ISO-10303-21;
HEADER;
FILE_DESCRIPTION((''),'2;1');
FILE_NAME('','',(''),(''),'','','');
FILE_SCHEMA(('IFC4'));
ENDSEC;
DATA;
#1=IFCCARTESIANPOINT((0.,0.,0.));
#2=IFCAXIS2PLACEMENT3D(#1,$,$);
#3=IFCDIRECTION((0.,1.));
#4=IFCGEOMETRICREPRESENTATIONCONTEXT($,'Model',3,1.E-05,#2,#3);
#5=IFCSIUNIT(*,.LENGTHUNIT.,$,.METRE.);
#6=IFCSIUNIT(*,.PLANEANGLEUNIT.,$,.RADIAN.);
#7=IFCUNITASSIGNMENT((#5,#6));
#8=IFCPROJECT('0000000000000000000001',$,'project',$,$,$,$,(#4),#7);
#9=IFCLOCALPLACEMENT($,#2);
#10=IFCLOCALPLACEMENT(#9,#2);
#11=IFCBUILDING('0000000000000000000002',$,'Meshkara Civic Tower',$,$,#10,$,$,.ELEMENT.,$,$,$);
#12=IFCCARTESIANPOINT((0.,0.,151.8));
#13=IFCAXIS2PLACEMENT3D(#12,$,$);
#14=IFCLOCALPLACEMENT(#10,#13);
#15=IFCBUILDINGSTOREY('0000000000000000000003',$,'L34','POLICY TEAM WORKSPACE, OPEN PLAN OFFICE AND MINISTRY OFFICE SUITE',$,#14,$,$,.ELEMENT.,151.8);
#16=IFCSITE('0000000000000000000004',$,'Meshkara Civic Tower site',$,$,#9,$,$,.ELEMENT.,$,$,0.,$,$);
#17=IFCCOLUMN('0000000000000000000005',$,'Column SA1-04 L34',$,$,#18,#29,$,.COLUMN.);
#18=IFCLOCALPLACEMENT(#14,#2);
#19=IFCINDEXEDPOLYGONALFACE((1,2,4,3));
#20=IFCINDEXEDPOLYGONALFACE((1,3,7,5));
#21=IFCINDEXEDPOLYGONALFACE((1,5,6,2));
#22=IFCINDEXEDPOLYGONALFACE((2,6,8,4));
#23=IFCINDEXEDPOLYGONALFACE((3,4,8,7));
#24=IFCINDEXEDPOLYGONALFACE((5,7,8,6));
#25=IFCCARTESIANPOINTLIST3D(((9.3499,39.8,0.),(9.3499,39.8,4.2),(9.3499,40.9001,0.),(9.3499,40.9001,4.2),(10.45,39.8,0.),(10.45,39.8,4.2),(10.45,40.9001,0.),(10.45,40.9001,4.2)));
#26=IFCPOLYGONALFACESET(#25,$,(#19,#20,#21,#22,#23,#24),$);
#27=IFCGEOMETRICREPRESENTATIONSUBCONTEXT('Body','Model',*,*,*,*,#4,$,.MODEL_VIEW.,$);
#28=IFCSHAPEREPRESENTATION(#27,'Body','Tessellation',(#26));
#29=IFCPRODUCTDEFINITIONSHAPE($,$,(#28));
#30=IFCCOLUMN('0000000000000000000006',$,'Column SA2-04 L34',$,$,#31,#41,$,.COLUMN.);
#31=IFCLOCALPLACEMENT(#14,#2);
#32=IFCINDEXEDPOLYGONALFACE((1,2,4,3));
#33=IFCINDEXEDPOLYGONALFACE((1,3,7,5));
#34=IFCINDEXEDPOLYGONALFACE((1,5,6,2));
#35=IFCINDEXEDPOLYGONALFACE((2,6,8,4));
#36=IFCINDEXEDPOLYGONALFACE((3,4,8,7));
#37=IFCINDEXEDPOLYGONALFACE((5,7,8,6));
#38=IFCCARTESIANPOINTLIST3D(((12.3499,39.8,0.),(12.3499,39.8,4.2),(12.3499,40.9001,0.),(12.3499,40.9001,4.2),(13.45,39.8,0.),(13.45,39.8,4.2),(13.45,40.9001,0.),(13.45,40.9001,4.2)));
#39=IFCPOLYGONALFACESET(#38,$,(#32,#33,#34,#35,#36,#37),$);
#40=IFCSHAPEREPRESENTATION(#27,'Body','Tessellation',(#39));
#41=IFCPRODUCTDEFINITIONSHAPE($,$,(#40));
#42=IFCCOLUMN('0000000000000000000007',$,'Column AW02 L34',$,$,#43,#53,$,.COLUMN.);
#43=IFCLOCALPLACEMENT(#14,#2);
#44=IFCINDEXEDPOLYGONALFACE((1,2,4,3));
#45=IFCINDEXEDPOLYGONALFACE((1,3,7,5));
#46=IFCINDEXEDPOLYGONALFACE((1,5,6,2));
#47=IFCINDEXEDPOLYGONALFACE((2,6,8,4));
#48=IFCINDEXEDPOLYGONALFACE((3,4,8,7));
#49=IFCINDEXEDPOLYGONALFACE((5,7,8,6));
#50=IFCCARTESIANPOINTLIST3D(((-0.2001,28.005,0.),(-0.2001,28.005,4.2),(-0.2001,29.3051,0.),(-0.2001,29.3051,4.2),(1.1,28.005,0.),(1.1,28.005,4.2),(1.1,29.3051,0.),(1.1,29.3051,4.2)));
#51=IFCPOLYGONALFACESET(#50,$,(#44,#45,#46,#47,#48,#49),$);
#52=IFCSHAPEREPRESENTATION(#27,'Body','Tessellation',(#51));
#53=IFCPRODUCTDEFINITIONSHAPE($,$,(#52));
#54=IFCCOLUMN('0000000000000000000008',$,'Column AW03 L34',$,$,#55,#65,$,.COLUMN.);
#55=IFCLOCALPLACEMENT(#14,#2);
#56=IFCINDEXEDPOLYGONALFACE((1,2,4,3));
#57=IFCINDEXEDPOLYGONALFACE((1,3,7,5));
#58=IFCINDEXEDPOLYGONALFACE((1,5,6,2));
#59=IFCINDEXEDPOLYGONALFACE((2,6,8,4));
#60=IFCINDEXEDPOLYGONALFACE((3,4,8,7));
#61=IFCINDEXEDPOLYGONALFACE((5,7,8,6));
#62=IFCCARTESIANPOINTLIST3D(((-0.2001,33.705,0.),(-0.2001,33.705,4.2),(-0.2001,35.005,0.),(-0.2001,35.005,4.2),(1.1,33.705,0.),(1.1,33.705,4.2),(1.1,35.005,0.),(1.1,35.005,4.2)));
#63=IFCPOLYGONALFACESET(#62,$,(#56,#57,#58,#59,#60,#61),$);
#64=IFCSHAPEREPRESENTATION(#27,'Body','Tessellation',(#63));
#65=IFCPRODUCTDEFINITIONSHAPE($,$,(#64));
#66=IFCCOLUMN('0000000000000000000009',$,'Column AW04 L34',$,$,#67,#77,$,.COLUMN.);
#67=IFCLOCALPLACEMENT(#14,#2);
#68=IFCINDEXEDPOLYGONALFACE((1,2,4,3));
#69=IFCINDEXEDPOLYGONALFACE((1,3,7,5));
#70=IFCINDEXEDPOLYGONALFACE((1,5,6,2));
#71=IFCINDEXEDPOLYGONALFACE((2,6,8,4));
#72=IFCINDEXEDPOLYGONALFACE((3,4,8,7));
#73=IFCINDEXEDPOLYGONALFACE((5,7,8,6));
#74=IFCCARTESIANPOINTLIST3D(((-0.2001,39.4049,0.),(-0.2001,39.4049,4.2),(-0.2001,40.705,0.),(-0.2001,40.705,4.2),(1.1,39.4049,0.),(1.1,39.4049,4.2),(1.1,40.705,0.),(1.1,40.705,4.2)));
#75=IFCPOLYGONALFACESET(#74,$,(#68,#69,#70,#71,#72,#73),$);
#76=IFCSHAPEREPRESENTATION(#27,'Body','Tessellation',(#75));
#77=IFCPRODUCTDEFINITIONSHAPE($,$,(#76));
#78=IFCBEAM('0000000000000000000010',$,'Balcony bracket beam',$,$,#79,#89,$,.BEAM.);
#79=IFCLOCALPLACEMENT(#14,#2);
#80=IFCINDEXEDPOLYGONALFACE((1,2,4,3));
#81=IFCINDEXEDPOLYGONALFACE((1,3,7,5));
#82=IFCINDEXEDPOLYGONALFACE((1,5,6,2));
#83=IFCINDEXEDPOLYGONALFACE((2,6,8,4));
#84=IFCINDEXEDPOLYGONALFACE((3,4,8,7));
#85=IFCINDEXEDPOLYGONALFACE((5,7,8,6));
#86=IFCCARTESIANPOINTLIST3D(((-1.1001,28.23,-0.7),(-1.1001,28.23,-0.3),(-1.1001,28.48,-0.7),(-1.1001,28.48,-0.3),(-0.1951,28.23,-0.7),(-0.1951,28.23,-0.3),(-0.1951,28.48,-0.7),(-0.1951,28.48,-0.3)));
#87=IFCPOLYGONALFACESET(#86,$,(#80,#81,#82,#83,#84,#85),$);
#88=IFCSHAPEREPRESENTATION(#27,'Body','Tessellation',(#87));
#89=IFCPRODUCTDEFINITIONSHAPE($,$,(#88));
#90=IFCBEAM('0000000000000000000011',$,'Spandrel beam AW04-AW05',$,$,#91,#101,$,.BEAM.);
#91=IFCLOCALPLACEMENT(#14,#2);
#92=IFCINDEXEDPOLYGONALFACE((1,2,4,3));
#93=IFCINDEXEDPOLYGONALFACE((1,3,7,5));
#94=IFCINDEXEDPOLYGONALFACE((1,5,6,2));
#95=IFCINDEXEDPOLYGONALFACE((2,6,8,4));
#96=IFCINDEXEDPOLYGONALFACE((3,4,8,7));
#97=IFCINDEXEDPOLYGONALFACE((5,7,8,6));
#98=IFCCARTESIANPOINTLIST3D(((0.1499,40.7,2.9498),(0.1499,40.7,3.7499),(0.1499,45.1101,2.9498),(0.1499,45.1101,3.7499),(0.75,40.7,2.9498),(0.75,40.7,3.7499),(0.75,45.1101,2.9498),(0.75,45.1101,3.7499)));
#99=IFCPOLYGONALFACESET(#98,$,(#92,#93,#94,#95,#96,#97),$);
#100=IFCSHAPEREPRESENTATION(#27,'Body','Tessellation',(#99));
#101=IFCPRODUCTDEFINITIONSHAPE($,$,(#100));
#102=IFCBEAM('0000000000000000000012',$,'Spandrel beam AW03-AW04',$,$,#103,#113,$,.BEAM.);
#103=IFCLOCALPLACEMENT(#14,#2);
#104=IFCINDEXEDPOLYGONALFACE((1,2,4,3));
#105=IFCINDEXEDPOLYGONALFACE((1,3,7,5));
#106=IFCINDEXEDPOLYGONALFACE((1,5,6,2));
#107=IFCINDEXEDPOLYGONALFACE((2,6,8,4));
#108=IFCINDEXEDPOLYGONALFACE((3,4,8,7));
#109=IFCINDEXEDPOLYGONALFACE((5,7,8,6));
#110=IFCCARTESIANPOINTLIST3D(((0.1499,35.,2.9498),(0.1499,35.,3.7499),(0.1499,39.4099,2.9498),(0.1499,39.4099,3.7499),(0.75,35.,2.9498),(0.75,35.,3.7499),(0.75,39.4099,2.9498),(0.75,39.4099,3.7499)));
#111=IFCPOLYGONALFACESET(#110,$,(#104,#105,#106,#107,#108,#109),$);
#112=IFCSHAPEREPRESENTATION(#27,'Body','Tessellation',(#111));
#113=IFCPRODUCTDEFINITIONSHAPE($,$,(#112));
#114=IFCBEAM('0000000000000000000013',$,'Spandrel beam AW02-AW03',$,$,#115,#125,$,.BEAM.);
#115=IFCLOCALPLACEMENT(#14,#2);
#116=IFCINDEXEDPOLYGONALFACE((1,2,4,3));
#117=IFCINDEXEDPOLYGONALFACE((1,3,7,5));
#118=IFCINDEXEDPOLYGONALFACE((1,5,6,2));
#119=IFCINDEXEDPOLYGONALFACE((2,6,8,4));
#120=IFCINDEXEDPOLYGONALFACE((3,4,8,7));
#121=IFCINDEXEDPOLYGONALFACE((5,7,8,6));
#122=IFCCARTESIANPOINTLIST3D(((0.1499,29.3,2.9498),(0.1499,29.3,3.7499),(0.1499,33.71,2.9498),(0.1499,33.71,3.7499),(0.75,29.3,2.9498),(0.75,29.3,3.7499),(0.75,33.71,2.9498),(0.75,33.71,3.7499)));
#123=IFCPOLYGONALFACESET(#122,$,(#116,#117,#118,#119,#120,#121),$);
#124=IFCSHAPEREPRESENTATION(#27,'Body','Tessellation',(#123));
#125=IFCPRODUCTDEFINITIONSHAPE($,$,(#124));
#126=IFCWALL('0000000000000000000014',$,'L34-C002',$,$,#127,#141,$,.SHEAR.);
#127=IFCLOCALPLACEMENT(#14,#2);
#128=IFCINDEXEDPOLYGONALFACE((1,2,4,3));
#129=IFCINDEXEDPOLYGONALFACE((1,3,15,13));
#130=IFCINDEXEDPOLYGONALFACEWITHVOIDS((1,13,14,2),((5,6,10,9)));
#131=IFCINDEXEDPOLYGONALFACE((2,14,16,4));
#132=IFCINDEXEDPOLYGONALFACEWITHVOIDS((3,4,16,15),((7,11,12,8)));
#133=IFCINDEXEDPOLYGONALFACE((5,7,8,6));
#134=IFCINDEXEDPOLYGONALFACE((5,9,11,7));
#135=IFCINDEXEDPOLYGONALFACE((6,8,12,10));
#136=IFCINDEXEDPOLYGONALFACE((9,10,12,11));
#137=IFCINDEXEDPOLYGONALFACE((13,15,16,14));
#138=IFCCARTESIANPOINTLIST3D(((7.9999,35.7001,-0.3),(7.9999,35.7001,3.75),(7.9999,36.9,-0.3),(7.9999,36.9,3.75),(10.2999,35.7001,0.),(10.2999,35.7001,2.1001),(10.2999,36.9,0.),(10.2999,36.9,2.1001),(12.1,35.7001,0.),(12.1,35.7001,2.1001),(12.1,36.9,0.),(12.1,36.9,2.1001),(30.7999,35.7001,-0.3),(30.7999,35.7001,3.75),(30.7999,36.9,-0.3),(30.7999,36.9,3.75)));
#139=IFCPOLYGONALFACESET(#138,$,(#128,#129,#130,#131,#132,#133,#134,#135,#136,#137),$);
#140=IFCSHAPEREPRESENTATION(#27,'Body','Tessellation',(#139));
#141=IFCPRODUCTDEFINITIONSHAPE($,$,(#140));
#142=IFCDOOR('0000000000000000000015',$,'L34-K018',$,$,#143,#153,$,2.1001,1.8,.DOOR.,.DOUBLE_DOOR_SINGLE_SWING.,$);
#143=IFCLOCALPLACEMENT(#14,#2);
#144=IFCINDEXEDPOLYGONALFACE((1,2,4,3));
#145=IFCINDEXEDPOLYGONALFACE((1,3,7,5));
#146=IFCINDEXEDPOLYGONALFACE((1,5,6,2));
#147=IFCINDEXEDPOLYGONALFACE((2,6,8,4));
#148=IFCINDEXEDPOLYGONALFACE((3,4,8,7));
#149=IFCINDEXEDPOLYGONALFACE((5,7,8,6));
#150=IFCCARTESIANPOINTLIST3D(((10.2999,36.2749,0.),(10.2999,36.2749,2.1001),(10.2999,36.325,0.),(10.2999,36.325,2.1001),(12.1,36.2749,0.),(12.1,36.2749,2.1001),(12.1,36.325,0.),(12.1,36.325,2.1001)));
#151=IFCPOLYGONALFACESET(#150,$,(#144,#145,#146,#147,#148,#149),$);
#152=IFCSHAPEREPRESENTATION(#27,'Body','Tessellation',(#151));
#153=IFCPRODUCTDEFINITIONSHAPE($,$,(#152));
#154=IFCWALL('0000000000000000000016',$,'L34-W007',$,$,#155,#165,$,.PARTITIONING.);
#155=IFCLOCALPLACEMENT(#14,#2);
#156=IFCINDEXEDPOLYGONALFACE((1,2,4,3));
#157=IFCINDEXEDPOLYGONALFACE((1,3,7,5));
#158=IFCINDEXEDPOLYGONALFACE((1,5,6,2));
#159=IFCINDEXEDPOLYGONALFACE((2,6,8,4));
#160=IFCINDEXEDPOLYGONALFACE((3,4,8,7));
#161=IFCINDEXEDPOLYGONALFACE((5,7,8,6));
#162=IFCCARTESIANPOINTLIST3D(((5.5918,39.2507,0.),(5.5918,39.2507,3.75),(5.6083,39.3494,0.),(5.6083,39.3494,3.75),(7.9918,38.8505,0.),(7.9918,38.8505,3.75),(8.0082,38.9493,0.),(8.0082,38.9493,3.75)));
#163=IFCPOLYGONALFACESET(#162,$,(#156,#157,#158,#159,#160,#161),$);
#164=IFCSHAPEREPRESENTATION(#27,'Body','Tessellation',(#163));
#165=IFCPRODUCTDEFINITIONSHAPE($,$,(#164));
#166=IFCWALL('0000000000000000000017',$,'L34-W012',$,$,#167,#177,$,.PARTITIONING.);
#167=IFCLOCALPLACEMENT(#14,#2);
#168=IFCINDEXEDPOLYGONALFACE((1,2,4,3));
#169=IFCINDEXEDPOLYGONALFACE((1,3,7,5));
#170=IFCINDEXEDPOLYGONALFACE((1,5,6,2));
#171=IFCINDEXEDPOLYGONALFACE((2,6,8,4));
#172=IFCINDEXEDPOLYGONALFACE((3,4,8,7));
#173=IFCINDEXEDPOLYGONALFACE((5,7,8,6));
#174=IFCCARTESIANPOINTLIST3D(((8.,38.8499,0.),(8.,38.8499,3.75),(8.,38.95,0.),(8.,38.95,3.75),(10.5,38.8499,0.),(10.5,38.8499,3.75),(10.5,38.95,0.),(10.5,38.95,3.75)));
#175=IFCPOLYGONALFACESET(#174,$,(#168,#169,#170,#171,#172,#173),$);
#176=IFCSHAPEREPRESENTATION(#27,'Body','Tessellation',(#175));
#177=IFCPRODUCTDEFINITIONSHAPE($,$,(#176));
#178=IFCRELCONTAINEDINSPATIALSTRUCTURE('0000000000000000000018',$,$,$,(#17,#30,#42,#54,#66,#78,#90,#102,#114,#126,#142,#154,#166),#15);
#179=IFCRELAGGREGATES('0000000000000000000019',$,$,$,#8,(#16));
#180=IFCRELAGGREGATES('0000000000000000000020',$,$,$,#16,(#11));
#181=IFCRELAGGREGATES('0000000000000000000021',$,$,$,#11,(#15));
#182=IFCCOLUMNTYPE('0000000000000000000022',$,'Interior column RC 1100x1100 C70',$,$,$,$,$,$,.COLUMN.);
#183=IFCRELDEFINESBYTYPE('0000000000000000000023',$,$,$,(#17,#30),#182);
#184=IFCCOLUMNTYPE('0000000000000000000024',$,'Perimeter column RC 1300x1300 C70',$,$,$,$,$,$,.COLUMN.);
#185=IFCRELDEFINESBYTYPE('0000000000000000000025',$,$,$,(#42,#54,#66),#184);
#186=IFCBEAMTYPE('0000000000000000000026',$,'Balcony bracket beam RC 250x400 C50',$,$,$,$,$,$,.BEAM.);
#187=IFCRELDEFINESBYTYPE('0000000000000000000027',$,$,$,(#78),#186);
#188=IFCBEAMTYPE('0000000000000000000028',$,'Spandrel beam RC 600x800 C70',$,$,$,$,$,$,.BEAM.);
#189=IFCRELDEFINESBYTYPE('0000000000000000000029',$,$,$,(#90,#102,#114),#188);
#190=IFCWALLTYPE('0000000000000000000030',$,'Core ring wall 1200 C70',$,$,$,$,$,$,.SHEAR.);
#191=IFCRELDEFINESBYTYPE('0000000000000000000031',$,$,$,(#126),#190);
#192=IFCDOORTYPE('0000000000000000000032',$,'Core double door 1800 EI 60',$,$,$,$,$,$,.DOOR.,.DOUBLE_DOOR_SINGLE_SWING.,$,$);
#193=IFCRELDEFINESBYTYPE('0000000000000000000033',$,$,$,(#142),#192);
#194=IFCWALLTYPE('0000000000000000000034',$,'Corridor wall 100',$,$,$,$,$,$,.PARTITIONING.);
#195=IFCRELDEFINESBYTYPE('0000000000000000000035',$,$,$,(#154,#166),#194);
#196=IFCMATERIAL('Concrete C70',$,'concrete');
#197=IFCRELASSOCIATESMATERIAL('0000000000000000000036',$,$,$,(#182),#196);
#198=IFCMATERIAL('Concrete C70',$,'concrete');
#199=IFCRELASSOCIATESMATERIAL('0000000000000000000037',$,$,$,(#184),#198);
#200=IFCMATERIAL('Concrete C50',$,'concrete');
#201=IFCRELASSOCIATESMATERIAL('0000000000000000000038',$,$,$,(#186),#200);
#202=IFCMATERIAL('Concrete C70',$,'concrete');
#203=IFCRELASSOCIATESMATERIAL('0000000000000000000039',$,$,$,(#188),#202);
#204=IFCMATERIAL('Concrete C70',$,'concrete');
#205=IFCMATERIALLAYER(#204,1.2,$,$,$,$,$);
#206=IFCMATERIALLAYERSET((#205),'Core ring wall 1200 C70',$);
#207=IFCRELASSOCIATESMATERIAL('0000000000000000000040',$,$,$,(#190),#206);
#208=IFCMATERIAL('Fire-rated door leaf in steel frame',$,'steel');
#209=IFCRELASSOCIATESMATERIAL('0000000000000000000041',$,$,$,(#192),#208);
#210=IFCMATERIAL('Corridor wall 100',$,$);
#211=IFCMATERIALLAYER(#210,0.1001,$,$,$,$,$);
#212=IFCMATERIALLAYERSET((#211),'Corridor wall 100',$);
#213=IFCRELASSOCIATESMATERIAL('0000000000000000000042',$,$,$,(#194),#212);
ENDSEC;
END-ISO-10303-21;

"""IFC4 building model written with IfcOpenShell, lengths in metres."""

from ifc_helpers import new_model, si_unit, direction, frame, frame_2d, origin, origin_2d, place, context, subcontext, project, spatial, rectangle, extrude, material, layer, layer_set, material_profile, profile_set, type_object, element, fill, save


model = new_model("IFC4")

# Units and contexts
model_context = context("Model", 3, precision=1e-05, world=origin(), true_north=direction((0.0, 1.0)))
body_context = subcontext(model_context, "Body", "Model", "MODEL_VIEW")
ifc_project = project(units=[si_unit("LENGTHUNIT", "METRE"), si_unit("PLANEANGLEUNIT", "RADIAN")], contexts=[model_context])

# Site, building, storey
site_placement = place(None, origin())
site = spatial("IfcSite", under=ifc_project, at=site_placement, Name="Meshkara Civic Tower site", CompositionType="ELEMENT", RefElevation=0.0)
building_placement = place(site_placement, origin())
building = spatial("IfcBuilding", under=site, at=building_placement, Name="Meshkara Civic Tower", CompositionType="ELEMENT")
storey_placement = place(building_placement, frame((0.0, 0.0, 151.8)))
storey = spatial("IfcBuildingStorey", under=building, at=storey_placement, Name="L34", Description="POLICY TEAM WORKSPACE, OPEN PLAN OFFICE AND MINISTRY OFFICE SUITE", CompositionType="ELEMENT", Elevation=151.8)

# Columns
ifc_material_1 = material(Name="Concrete C70", Category="concrete")
ifc_material_profile_1 = material_profile(ifc_material_1, rectangle(XDim=1.1001, YDim=1.1001, at=origin_2d()))
ifc_profile_set_1 = profile_set([ifc_material_profile_1], Name="Concrete C70")
column_type_1 = type_object("IfcColumnType", Name="Interior column RC 1100x1100 C70", PredefinedType="COLUMN", material=ifc_profile_set_1)
for number, where, z_axis, x_axis, name in (
    (1, (9.8999, 40.3501, 0.0), (0.0, 0.0, 1.0), (1.0, 0.0, 0.0), "Column SA1-04 L34"),
    (2, (12.8999, 40.3501, 0.0), (0.0, 0.0, 1.0), (1.0, 0.0, 0.0), "Column SA2-04 L34"),
):
    element("IfcColumn", number, at=place(storey_placement, frame(where, z_axis=z_axis, x_axis=x_axis)), inside=storey, type_object=column_type_1, Name=name, PredefinedType="COLUMN", context=body_context, shape_type="SweptSolid", body=[
        extrude(rectangle(XDim=1.1001, YDim=1.1001, at=origin_2d()), origin(), (0.0, 0.0, 1.0), 4.2),
    ])
ifc_material_2 = material(Name="Concrete C70", Category="concrete")
ifc_material_profile_2 = material_profile(ifc_material_2, rectangle(XDim=1.3, YDim=1.3, at=origin_2d()))
ifc_profile_set_2 = profile_set([ifc_material_profile_2], Name="Concrete C70")
column_type_2 = type_object("IfcColumnType", Name="Perimeter column RC 1300x1300 C70", PredefinedType="COLUMN", material=ifc_profile_set_2)
for number, where, z_axis, x_axis, name in (
    (3, (0.45, 28.655, 0.0), (0.0, 0.0, 1.0), (1.0, 0.0, 0.0), "Column AW02 L34"),
    (4, (0.45, 34.355, 0.0), (0.0, 0.0, 1.0), (1.0, 0.0, 0.0), "Column AW03 L34"),
    (5, (0.45, 40.0549, 0.0), (0.0, 0.0, 1.0), (1.0, 0.0, 0.0), "Column AW04 L34"),
):
    element("IfcColumn", number, at=place(storey_placement, frame(where, z_axis=z_axis, x_axis=x_axis)), inside=storey, type_object=column_type_2, Name=name, PredefinedType="COLUMN", context=body_context, shape_type="SweptSolid", body=[
        extrude(rectangle(XDim=1.3, YDim=1.3, at=origin_2d()), origin(), (0.0, 0.0, 1.0), 4.2),
    ])

# Beams
ifc_material_3 = material(Name="Concrete C50", Category="concrete")
ifc_material_profile_3 = material_profile(ifc_material_3, rectangle(XDim=0.25, YDim=0.3999, at=origin_2d()))
ifc_profile_set_3 = profile_set([ifc_material_profile_3], Name="Concrete C50")
beam_type_1 = type_object("IfcBeamType", Name="Balcony bracket beam RC 250x400 C50", PredefinedType="BEAM", material=ifc_profile_set_3)
beam_1_placement = place(storey_placement, frame((-0.1951, 28.355, -0.5), z_axis=(-1.0, 0.0, 0.0), x_axis=(0.0, -1.0, 0.0)))
element("IfcBeam", 6, at=beam_1_placement, inside=storey, type_object=beam_type_1, Name="Balcony bracket beam", PredefinedType="BEAM", context=body_context, shape_type="SweptSolid", body=[
    extrude(rectangle(XDim=0.25, YDim=0.3999, at=origin_2d()), origin(), (0.0, 0.0, 1.0), 0.905),
])
ifc_material_4 = material(Name="Concrete C70", Category="concrete")
ifc_material_profile_4 = material_profile(ifc_material_4, rectangle(XDim=0.6001, YDim=0.8, at=origin_2d()))
ifc_profile_set_4 = profile_set([ifc_material_profile_4], Name="Concrete C70")
beam_type_2 = type_object("IfcBeamType", Name="Spandrel beam RC 600x800 C70", PredefinedType="BEAM", material=ifc_profile_set_4)
beam_2_placement = place(storey_placement, frame((0.45, 45.1101, 3.3499), z_axis=(0.0, -1.0, 0.0), x_axis=(1.0, 0.0, 0.0)))
element("IfcBeam", 7, at=beam_2_placement, inside=storey, type_object=beam_type_2, Name="Spandrel beam AW04-AW05", PredefinedType="BEAM", context=body_context, shape_type="SweptSolid", body=[
    extrude(rectangle(XDim=0.6001, YDim=0.8, at=origin_2d()), origin(), (0.0, 0.0, 1.0), 4.4102),
])
for number, where, z_axis, x_axis, name in (
    (8, (0.45, 39.4099, 3.3499), (0.0, -1.0, 0.0), (1.0, 0.0, 0.0), "Spandrel beam AW03-AW04"),
    (9, (0.45, 33.71, 3.3499), (0.0, -1.0, 0.0), (1.0, 0.0, 0.0), "Spandrel beam AW02-AW03"),
):
    element("IfcBeam", number, at=place(storey_placement, frame(where, z_axis=z_axis, x_axis=x_axis)), inside=storey, type_object=beam_type_2, Name=name, PredefinedType="BEAM", context=body_context, shape_type="SweptSolid", body=[
        extrude(rectangle(XDim=0.6001, YDim=0.8, at=origin_2d()), origin(), (0.0, 0.0, 1.0), 4.4099),
    ])

# Wall, opening, door
ifc_material_5 = material(Name="Concrete C70", Category="concrete")
ifc_layer_1 = layer(ifc_material_5, 1.2)
ifc_layer_set_1 = layer_set([ifc_layer_1], Name="Core ring wall 1200 C70")
wall_type_1 = type_object("IfcWallType", Name="Core ring wall 1200 C70", PredefinedType="SHEAR", material=ifc_layer_set_1)
wall_1_placement = place(storey_placement, frame((8.0, 36.3, -0.3), z_axis=(0.0, 0.0, 1.0), x_axis=(1.0, 0.0, 0.0)))
wall_1 = element("IfcWall", 10, at=wall_1_placement, inside=storey, type_object=wall_type_1, Name="L34-C002", PredefinedType="SHEAR", context=body_context, shape_type="SweptSolid", body=[
    extrude(rectangle(XDim=22.8, YDim=1.2, at=frame_2d((11.3999, 0.0))), origin(), (0.0, 0.0, 1.0), 4.05),
])
opening_1_placement = place(wall_1_placement, frame((2.3, 0.0, 0.3)))
opening_1 = element("IfcOpeningElement", 11, at=opening_1_placement, cuts=wall_1, PredefinedType="OPENING", context=body_context, shape_type="SweptSolid", body=[
    extrude(rectangle(XDim=1.8, YDim=2.1001, at=frame_2d((0.8999, 1.05))), frame((0.0, 0.6099, 0.0), z_axis=(0.0, -1.0, 0.0), x_axis=(1.0, 0.0, 0.0)), (0.0, 0.0, 1.0), 1.22),
])
ifc_material_6 = material(Name="Fire-rated door leaf in steel frame", Category="steel")
door_type_1 = type_object("IfcDoorType", Name="Core double door 1800 EI 60", OperationType="DOUBLE_DOOR_SINGLE_SWING", PredefinedType="DOOR", material=ifc_material_6)
door_1_placement = place(opening_1_placement, origin())
door_1 = element("IfcDoor", 12, at=door_1_placement, inside=storey, type_object=door_type_1, Name="L34-K018", OperationType="DOUBLE_DOOR_SINGLE_SWING", OverallHeight=2.1001, OverallWidth=1.8, PredefinedType="DOOR", context=body_context, shape_type="SweptSolid", body=[
    extrude(rectangle(XDim=1.8, YDim=2.1001, at=frame_2d((0.8999, 1.05))), frame((0.0, 0.0249, 0.0), z_axis=(0.0, -1.0, 0.0), x_axis=(1.0, 0.0, 0.0)), (0.0, 0.0, 1.0), 0.05),
])
fill(opening_1, door_1)

# Walls
ifc_material_7 = material(Name="Corridor wall 100")
ifc_layer_2 = layer(ifc_material_7, 0.1001)
ifc_layer_set_2 = layer_set([ifc_layer_2], Name="Corridor wall 100")
wall_type_2 = type_object("IfcWallType", Name="Corridor wall 100", PredefinedType="PARTITIONING", material=ifc_layer_set_2)
wall_2_placement = place(storey_placement, frame((8.0, 38.8999, 0.0), z_axis=(0.0, 0.0, 1.0), x_axis=(-0.986383, 0.164464, 0.0)))
element("IfcWall", 13, at=wall_2_placement, inside=storey, type_object=wall_type_2, Name="L34-W007", PredefinedType="PARTITIONING", context=body_context, shape_type="SweptSolid", body=[
    extrude(rectangle(XDim=2.4331, YDim=0.1001, at=frame_2d((1.2166, 0.0))), origin(), (0.0, 0.0, 1.0), 3.75),
])
wall_3_placement = place(storey_placement, frame((10.5, 38.8999, 0.0), z_axis=(0.0, 0.0, 1.0), x_axis=(-1.0, 0.0, 0.0)))
element("IfcWall", 14, at=wall_3_placement, inside=storey, type_object=wall_type_2, Name="L34-W012", PredefinedType="PARTITIONING", context=body_context, shape_type="SweptSolid", body=[
    extrude(rectangle(XDim=2.5, YDim=0.1001, at=frame_2d((1.25, 0.0))), origin(), (0.0, 0.0, 1.0), 3.75),
])

save(model, "model.ifc")
